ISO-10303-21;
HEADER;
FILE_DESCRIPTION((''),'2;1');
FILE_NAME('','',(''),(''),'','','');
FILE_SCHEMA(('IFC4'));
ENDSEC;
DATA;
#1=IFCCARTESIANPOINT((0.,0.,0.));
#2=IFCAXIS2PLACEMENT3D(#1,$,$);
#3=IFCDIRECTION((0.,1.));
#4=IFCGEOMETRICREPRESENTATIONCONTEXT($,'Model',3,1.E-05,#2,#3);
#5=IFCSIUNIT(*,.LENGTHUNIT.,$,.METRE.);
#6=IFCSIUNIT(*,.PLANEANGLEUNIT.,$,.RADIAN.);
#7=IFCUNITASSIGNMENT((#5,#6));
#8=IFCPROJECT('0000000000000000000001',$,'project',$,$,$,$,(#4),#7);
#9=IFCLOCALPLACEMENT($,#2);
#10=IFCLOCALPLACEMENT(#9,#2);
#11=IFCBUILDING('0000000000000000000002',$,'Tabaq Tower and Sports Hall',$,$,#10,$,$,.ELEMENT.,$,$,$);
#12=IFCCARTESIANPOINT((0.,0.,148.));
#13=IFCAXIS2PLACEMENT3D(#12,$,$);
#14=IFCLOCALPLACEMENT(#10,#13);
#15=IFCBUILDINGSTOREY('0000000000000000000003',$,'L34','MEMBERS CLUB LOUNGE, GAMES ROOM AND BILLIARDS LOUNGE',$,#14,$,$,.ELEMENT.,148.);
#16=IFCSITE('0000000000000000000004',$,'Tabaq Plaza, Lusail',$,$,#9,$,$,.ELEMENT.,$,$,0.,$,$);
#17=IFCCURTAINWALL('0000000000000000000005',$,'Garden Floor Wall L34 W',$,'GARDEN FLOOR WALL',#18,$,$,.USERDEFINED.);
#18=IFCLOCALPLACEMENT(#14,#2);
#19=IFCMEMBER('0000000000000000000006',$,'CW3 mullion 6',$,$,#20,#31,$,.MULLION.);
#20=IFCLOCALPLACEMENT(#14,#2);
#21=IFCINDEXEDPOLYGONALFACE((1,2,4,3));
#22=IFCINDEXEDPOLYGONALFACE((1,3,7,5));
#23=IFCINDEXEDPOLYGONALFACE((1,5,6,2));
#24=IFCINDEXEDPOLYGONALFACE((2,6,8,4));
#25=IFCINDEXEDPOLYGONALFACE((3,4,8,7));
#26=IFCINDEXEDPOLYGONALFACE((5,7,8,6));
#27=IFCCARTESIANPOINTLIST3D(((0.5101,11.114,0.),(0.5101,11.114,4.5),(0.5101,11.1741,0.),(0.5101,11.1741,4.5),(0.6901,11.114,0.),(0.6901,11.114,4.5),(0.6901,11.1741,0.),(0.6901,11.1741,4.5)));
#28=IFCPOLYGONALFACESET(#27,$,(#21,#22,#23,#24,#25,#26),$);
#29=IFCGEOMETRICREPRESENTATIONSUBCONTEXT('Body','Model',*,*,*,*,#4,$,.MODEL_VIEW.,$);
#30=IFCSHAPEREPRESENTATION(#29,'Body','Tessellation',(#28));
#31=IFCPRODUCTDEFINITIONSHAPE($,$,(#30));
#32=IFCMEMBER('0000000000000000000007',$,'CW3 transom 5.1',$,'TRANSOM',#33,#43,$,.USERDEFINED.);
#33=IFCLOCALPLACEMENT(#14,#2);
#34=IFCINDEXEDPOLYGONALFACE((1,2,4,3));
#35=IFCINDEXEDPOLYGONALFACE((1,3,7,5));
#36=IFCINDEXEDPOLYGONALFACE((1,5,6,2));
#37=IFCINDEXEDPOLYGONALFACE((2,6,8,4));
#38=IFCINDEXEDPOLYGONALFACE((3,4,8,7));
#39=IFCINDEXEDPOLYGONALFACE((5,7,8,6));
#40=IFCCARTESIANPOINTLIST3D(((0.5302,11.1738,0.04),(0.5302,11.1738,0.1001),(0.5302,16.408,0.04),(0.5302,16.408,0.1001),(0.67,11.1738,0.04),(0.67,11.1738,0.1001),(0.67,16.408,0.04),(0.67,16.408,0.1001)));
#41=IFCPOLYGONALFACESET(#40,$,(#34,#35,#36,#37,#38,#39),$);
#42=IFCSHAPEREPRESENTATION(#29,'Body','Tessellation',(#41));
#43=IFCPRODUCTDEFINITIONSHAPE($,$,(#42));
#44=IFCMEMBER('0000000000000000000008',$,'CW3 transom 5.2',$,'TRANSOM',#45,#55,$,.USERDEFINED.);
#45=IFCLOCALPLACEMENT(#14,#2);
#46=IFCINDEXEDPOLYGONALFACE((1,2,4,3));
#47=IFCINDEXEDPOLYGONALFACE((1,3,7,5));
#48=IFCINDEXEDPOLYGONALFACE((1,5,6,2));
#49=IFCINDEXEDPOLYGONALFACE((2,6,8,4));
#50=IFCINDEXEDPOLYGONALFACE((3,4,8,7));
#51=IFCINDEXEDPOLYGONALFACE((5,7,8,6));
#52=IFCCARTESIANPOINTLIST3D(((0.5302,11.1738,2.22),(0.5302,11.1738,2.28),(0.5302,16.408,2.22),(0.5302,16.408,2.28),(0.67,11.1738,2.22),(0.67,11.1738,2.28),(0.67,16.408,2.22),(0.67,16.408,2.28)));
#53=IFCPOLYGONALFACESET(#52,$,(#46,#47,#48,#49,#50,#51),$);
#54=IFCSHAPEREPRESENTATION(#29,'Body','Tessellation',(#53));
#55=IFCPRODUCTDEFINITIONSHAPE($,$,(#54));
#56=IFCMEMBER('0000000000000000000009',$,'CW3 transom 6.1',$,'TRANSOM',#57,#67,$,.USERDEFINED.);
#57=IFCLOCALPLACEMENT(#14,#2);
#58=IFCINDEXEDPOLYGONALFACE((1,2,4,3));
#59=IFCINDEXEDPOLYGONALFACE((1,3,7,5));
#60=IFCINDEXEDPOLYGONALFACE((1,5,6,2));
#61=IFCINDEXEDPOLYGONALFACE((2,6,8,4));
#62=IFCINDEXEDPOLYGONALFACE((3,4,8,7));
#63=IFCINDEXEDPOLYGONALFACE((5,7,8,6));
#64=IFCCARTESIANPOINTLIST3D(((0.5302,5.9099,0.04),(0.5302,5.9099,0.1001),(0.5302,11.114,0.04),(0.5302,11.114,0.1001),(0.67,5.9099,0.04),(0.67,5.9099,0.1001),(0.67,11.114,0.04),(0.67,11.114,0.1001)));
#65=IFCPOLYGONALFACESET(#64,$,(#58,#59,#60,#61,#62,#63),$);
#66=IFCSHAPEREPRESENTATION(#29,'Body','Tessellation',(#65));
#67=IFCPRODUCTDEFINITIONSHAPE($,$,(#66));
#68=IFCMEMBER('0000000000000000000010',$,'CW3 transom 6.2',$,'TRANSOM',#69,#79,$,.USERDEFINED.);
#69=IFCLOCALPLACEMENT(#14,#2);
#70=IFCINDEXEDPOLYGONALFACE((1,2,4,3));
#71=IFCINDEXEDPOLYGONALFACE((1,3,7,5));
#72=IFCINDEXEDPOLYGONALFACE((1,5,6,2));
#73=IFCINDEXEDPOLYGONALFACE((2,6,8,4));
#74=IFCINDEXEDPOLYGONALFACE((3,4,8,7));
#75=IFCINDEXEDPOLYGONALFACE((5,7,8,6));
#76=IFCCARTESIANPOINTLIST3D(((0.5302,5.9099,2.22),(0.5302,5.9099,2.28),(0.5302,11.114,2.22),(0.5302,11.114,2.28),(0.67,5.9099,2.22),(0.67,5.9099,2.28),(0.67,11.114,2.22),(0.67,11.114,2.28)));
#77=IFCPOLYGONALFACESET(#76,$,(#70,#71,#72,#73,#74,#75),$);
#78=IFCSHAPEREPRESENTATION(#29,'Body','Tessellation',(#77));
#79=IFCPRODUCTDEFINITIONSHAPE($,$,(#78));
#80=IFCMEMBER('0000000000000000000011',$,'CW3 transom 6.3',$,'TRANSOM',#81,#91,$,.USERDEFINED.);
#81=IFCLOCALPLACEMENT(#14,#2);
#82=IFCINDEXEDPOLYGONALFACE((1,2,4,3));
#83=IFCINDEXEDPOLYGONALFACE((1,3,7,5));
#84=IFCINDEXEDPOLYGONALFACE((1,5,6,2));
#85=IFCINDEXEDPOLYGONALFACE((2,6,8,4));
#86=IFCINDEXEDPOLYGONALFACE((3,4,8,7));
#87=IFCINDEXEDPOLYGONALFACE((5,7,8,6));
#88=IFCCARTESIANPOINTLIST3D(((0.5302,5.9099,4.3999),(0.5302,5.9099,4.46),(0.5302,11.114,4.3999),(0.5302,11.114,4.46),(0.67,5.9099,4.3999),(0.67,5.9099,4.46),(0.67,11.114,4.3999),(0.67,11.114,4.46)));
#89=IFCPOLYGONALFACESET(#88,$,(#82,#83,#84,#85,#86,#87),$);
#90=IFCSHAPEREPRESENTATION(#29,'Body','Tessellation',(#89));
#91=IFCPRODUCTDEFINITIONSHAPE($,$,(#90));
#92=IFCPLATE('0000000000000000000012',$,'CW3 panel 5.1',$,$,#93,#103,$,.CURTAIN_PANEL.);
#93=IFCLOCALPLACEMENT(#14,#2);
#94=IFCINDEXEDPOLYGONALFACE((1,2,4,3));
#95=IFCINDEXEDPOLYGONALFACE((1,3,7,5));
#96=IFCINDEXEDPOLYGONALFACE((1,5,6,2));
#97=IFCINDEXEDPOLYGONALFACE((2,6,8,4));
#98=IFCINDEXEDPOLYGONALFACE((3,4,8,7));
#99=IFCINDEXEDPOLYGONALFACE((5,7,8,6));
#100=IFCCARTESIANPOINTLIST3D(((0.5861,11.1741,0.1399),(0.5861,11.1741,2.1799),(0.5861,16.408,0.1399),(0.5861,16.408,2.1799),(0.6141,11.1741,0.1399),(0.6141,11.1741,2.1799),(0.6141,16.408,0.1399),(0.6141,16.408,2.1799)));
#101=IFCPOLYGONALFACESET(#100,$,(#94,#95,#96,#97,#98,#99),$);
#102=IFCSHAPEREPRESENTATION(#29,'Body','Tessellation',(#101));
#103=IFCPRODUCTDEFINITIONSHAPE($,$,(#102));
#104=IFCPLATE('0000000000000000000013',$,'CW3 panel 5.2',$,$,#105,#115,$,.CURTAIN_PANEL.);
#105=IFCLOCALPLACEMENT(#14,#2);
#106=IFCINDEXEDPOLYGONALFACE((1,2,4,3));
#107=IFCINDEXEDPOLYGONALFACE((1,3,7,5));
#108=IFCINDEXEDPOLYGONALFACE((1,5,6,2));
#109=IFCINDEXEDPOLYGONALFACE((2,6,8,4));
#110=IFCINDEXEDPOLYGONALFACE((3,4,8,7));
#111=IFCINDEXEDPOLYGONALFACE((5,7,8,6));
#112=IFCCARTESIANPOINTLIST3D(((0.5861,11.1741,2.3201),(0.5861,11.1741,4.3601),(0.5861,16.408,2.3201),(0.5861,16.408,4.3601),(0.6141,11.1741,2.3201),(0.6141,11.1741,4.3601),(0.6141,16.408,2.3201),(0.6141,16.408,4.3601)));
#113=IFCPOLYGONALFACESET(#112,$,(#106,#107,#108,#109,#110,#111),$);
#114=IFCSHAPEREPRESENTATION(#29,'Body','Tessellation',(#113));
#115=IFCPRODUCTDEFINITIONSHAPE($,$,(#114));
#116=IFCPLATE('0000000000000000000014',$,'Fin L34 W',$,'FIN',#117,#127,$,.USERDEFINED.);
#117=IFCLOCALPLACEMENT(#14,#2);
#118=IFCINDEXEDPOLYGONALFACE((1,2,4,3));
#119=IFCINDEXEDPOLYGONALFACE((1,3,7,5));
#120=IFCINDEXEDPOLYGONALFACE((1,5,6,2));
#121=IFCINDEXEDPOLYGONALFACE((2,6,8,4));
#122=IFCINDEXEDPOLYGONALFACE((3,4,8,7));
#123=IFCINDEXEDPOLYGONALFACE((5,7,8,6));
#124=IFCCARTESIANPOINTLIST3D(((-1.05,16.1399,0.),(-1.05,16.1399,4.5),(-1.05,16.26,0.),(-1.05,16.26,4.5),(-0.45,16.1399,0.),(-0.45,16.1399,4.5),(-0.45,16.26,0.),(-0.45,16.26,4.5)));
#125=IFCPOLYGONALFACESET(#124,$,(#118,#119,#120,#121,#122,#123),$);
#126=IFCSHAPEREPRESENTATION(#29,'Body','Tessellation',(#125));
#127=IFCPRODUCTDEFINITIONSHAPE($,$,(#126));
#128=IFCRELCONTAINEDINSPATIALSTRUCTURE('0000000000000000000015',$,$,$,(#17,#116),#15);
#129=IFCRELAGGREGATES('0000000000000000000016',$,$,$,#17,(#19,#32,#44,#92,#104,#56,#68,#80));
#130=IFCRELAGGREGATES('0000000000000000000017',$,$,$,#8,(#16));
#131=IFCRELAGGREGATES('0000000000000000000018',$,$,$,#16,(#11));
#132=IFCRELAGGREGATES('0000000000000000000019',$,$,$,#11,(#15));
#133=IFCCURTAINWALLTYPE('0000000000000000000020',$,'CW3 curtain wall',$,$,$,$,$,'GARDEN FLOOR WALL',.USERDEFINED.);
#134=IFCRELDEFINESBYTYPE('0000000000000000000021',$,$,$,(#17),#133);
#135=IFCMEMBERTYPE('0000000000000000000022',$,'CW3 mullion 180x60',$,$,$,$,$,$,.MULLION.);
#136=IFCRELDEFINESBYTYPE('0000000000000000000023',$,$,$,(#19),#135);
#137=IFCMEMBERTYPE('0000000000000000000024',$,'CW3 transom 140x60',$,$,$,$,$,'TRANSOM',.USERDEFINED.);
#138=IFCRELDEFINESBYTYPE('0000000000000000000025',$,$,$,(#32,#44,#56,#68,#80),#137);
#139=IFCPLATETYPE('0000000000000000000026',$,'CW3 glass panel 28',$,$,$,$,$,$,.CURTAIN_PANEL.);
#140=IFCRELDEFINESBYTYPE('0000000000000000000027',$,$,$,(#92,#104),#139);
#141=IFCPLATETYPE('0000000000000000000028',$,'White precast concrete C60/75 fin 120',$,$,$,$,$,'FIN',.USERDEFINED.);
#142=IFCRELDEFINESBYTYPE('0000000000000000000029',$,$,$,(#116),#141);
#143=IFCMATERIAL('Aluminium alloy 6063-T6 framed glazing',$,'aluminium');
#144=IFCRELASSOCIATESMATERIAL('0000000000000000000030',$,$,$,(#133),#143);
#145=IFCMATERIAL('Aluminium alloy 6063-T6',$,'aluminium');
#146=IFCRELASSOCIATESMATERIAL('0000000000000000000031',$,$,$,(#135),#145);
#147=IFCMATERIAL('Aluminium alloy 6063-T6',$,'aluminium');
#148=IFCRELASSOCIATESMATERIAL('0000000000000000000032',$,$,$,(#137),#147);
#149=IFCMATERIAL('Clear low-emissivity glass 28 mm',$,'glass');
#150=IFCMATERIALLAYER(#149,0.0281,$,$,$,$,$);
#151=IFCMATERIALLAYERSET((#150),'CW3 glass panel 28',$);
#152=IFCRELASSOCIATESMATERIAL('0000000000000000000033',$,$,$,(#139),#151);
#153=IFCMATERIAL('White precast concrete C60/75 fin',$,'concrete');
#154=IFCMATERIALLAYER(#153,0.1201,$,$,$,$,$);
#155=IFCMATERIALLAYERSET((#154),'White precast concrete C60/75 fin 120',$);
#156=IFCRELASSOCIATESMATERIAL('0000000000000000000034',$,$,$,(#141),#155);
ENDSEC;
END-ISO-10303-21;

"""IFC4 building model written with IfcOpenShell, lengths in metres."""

from ifc_helpers import new_model, si_unit, direction, frame, origin, origin_2d, place, context, subcontext, project, spatial, rectangle, extrude, material, layer, layer_set, material_profile, profile_set, type_object, element, aggregate, save


model = new_model("IFC4")

# Units and contexts
model_context = context("Model", 3, precision=1e-05, world=origin(), true_north=direction((0.0, 1.0)))
body_context = subcontext(model_context, "Body", "Model", "MODEL_VIEW")
ifc_project = project(units=[si_unit("LENGTHUNIT", "METRE"), si_unit("PLANEANGLEUNIT", "RADIAN")], contexts=[model_context])

# Site, building, storey
site_placement = place(None, origin())
site = spatial("IfcSite", under=ifc_project, at=site_placement, Name="Tabaq Plaza, Lusail", CompositionType="ELEMENT", RefElevation=0.0)
building_placement = place(site_placement, origin())
building = spatial("IfcBuilding", under=site, at=building_placement, Name="Tabaq Tower and Sports Hall", CompositionType="ELEMENT")
storey_placement = place(building_placement, frame((0.0, 0.0, 148.0)))
storey = spatial("IfcBuildingStorey", under=building, at=storey_placement, Name="L34", Description="MEMBERS CLUB LOUNGE, GAMES ROOM AND BILLIARDS LOUNGE", CompositionType="ELEMENT", Elevation=148.0)

# Curtain wall, members, plates
ifc_material_1 = material(Name="Aluminium alloy 6063-T6 framed glazing", Category="aluminium")
curtain_wall_type = type_object("IfcCurtainWallType", Name="CW3 curtain wall", ElementType="GARDEN FLOOR WALL", PredefinedType="USERDEFINED", material=ifc_material_1)
curtain_wall_placement = place(storey_placement, origin())
curtain_wall = element("IfcCurtainWall", 1, at=curtain_wall_placement, inside=storey, type_object=curtain_wall_type, Name="Garden Floor Wall L34 W", ObjectType="GARDEN FLOOR WALL", PredefinedType="USERDEFINED")
ifc_material_2 = material(Name="Aluminium alloy 6063-T6", Category="aluminium")
ifc_material_profile_1 = material_profile(ifc_material_2, rectangle(XDim=0.1799, YDim=0.0601, at=origin_2d()), Name="MULLION 180x60")
ifc_profile_set_1 = profile_set([ifc_material_profile_1], Name="Aluminium alloy 6063-T6")
member_type_1 = type_object("IfcMemberType", Name="CW3 mullion 180x60", PredefinedType="MULLION", material=ifc_profile_set_1)
member_1_placement = place(storey_placement, frame((0.6001, 11.144, 0.0), z_axis=(0.0, 0.0, 1.0), x_axis=(1.0, 0.0, 0.0)))
member_1 = element("IfcMember", 2, at=member_1_placement, type_object=member_type_1, Name="CW3 mullion 6", PredefinedType="MULLION", context=body_context, shape_type="SweptSolid", body=[
    extrude(rectangle(XDim=0.1799, YDim=0.0601, at=origin_2d()), origin(), (0.0, 0.0, 1.0), 4.5),
])
ifc_material_3 = material(Name="Aluminium alloy 6063-T6", Category="aluminium")
ifc_material_profile_2 = material_profile(ifc_material_3, rectangle(XDim=0.1399, YDim=0.0601, at=origin_2d()), Name="TRANSOM 140x60")
ifc_profile_set_2 = profile_set([ifc_material_profile_2], Name="Aluminium alloy 6063-T6")
member_type_2 = type_object("IfcMemberType", Name="CW3 transom 140x60", ElementType="TRANSOM", PredefinedType="USERDEFINED", material=ifc_profile_set_2)
member_2_placement = place(storey_placement, frame((0.6001, 16.408, 0.0701), z_axis=(0.0, -1.0, 0.0), x_axis=(1.0, 0.0, 0.0)))
member_2 = element("IfcMember", 3, at=member_2_placement, type_object=member_type_2, Name="CW3 transom 5.1", ObjectType="TRANSOM", PredefinedType="USERDEFINED", context=body_context, shape_type="SweptSolid", body=[
    extrude(rectangle(XDim=0.1399, YDim=0.0601, at=origin_2d()), origin(), (0.0, 0.0, 1.0), 5.2341),
])
member_3_placement = place(storey_placement, frame((0.6001, 16.408, 2.25), z_axis=(0.0, -1.0, 0.0), x_axis=(1.0, 0.0, 0.0)))
member_3 = element("IfcMember", 4, at=member_3_placement, type_object=member_type_2, Name="CW3 transom 5.2", ObjectType="TRANSOM", PredefinedType="USERDEFINED", context=body_context, shape_type="SweptSolid", body=[
    extrude(rectangle(XDim=0.1399, YDim=0.0601, at=origin_2d()), origin(), (0.0, 0.0, 1.0), 5.2341),
])
member_4_placement = place(storey_placement, frame((0.6001, 11.114, 0.0701), z_axis=(0.0, -1.0, 0.0), x_axis=(1.0, 0.0, 0.0)))
member_4 = element("IfcMember", 5, at=member_4_placement, type_object=member_type_2, Name="CW3 transom 6.1", ObjectType="TRANSOM", PredefinedType="USERDEFINED", context=body_context, shape_type="SweptSolid", body=[
    extrude(rectangle(XDim=0.1399, YDim=0.0601, at=origin_2d()), origin(), (0.0, 0.0, 1.0), 5.2041),
])
member_5_placement = place(storey_placement, frame((0.6001, 11.114, 2.25), z_axis=(0.0, -1.0, 0.0), x_axis=(1.0, 0.0, 0.0)))
member_5 = element("IfcMember", 6, at=member_5_placement, type_object=member_type_2, Name="CW3 transom 6.2", ObjectType="TRANSOM", PredefinedType="USERDEFINED", context=body_context, shape_type="SweptSolid", body=[
    extrude(rectangle(XDim=0.1399, YDim=0.0601, at=origin_2d()), origin(), (0.0, 0.0, 1.0), 5.2041),
])
member_6_placement = place(storey_placement, frame((0.6001, 11.114, 4.4299), z_axis=(0.0, -1.0, 0.0), x_axis=(1.0, 0.0, 0.0)))
member_6 = element("IfcMember", 7, at=member_6_placement, type_object=member_type_2, Name="CW3 transom 6.3", ObjectType="TRANSOM", PredefinedType="USERDEFINED", context=body_context, shape_type="SweptSolid", body=[
    extrude(rectangle(XDim=0.1399, YDim=0.0601, at=origin_2d()), origin(), (0.0, 0.0, 1.0), 5.2041),
])
ifc_material_4 = material(Name="Clear low-emissivity glass 28 mm", Category="glass")
ifc_layer_1 = layer(ifc_material_4, 0.0281)
ifc_layer_set_1 = layer_set([ifc_layer_1], Name="CW3 glass panel 28")
plate_type_1 = type_object("IfcPlateType", Name="CW3 glass panel 28", PredefinedType="CURTAIN_PANEL", material=ifc_layer_set_1)
plate_1_placement = place(storey_placement, frame((0.6001, 13.791, 0.1399), z_axis=(0.0, 0.0, 1.0), x_axis=(0.0, -1.0, 0.0)))
plate_1 = element("IfcPlate", 8, at=plate_1_placement, type_object=plate_type_1, Name="CW3 panel 5.1", PredefinedType="CURTAIN_PANEL", context=body_context, shape_type="SweptSolid", body=[
    extrude(rectangle(XDim=5.2339, YDim=0.0281, at=origin_2d()), origin(), (0.0, 0.0, 1.0), 2.04),
])
plate_2_placement = place(storey_placement, frame((0.6001, 13.791, 2.3201), z_axis=(0.0, 0.0, 1.0), x_axis=(0.0, -1.0, 0.0)))
plate_2 = element("IfcPlate", 9, at=plate_2_placement, type_object=plate_type_1, Name="CW3 panel 5.2", PredefinedType="CURTAIN_PANEL", context=body_context, shape_type="SweptSolid", body=[
    extrude(rectangle(XDim=5.2339, YDim=0.0281, at=origin_2d()), origin(), (0.0, 0.0, 1.0), 2.04),
])
aggregate(curtain_wall, [member_1, member_2, member_3, plate_1, plate_2, member_4, member_5, member_6])

# Plate
ifc_material_5 = material(Name="White precast concrete C60/75 fin", Category="concrete")
ifc_layer_2 = layer(ifc_material_5, 0.1201)
ifc_layer_set_2 = layer_set([ifc_layer_2], Name="White precast concrete C60/75 fin 120")
plate_type_2 = type_object("IfcPlateType", Name="White precast concrete C60/75 fin 120", ElementType="FIN", PredefinedType="USERDEFINED", material=ifc_layer_set_2)
plate_3_placement = place(storey_placement, frame((-0.75, 16.2, 0.0), z_axis=(0.0, 0.0, 1.0), x_axis=(0.0, -1.0, 0.0)))
element("IfcPlate", 10, at=plate_3_placement, inside=storey, type_object=plate_type_2, Name="Fin L34 W", ObjectType="FIN", PredefinedType="USERDEFINED", context=body_context, shape_type="SweptSolid", body=[
    extrude(rectangle(XDim=0.1201, YDim=0.6001, at=origin_2d()), origin(), (0.0, 0.0, 1.0), 4.5),
])

save(model, "model.ifc")
